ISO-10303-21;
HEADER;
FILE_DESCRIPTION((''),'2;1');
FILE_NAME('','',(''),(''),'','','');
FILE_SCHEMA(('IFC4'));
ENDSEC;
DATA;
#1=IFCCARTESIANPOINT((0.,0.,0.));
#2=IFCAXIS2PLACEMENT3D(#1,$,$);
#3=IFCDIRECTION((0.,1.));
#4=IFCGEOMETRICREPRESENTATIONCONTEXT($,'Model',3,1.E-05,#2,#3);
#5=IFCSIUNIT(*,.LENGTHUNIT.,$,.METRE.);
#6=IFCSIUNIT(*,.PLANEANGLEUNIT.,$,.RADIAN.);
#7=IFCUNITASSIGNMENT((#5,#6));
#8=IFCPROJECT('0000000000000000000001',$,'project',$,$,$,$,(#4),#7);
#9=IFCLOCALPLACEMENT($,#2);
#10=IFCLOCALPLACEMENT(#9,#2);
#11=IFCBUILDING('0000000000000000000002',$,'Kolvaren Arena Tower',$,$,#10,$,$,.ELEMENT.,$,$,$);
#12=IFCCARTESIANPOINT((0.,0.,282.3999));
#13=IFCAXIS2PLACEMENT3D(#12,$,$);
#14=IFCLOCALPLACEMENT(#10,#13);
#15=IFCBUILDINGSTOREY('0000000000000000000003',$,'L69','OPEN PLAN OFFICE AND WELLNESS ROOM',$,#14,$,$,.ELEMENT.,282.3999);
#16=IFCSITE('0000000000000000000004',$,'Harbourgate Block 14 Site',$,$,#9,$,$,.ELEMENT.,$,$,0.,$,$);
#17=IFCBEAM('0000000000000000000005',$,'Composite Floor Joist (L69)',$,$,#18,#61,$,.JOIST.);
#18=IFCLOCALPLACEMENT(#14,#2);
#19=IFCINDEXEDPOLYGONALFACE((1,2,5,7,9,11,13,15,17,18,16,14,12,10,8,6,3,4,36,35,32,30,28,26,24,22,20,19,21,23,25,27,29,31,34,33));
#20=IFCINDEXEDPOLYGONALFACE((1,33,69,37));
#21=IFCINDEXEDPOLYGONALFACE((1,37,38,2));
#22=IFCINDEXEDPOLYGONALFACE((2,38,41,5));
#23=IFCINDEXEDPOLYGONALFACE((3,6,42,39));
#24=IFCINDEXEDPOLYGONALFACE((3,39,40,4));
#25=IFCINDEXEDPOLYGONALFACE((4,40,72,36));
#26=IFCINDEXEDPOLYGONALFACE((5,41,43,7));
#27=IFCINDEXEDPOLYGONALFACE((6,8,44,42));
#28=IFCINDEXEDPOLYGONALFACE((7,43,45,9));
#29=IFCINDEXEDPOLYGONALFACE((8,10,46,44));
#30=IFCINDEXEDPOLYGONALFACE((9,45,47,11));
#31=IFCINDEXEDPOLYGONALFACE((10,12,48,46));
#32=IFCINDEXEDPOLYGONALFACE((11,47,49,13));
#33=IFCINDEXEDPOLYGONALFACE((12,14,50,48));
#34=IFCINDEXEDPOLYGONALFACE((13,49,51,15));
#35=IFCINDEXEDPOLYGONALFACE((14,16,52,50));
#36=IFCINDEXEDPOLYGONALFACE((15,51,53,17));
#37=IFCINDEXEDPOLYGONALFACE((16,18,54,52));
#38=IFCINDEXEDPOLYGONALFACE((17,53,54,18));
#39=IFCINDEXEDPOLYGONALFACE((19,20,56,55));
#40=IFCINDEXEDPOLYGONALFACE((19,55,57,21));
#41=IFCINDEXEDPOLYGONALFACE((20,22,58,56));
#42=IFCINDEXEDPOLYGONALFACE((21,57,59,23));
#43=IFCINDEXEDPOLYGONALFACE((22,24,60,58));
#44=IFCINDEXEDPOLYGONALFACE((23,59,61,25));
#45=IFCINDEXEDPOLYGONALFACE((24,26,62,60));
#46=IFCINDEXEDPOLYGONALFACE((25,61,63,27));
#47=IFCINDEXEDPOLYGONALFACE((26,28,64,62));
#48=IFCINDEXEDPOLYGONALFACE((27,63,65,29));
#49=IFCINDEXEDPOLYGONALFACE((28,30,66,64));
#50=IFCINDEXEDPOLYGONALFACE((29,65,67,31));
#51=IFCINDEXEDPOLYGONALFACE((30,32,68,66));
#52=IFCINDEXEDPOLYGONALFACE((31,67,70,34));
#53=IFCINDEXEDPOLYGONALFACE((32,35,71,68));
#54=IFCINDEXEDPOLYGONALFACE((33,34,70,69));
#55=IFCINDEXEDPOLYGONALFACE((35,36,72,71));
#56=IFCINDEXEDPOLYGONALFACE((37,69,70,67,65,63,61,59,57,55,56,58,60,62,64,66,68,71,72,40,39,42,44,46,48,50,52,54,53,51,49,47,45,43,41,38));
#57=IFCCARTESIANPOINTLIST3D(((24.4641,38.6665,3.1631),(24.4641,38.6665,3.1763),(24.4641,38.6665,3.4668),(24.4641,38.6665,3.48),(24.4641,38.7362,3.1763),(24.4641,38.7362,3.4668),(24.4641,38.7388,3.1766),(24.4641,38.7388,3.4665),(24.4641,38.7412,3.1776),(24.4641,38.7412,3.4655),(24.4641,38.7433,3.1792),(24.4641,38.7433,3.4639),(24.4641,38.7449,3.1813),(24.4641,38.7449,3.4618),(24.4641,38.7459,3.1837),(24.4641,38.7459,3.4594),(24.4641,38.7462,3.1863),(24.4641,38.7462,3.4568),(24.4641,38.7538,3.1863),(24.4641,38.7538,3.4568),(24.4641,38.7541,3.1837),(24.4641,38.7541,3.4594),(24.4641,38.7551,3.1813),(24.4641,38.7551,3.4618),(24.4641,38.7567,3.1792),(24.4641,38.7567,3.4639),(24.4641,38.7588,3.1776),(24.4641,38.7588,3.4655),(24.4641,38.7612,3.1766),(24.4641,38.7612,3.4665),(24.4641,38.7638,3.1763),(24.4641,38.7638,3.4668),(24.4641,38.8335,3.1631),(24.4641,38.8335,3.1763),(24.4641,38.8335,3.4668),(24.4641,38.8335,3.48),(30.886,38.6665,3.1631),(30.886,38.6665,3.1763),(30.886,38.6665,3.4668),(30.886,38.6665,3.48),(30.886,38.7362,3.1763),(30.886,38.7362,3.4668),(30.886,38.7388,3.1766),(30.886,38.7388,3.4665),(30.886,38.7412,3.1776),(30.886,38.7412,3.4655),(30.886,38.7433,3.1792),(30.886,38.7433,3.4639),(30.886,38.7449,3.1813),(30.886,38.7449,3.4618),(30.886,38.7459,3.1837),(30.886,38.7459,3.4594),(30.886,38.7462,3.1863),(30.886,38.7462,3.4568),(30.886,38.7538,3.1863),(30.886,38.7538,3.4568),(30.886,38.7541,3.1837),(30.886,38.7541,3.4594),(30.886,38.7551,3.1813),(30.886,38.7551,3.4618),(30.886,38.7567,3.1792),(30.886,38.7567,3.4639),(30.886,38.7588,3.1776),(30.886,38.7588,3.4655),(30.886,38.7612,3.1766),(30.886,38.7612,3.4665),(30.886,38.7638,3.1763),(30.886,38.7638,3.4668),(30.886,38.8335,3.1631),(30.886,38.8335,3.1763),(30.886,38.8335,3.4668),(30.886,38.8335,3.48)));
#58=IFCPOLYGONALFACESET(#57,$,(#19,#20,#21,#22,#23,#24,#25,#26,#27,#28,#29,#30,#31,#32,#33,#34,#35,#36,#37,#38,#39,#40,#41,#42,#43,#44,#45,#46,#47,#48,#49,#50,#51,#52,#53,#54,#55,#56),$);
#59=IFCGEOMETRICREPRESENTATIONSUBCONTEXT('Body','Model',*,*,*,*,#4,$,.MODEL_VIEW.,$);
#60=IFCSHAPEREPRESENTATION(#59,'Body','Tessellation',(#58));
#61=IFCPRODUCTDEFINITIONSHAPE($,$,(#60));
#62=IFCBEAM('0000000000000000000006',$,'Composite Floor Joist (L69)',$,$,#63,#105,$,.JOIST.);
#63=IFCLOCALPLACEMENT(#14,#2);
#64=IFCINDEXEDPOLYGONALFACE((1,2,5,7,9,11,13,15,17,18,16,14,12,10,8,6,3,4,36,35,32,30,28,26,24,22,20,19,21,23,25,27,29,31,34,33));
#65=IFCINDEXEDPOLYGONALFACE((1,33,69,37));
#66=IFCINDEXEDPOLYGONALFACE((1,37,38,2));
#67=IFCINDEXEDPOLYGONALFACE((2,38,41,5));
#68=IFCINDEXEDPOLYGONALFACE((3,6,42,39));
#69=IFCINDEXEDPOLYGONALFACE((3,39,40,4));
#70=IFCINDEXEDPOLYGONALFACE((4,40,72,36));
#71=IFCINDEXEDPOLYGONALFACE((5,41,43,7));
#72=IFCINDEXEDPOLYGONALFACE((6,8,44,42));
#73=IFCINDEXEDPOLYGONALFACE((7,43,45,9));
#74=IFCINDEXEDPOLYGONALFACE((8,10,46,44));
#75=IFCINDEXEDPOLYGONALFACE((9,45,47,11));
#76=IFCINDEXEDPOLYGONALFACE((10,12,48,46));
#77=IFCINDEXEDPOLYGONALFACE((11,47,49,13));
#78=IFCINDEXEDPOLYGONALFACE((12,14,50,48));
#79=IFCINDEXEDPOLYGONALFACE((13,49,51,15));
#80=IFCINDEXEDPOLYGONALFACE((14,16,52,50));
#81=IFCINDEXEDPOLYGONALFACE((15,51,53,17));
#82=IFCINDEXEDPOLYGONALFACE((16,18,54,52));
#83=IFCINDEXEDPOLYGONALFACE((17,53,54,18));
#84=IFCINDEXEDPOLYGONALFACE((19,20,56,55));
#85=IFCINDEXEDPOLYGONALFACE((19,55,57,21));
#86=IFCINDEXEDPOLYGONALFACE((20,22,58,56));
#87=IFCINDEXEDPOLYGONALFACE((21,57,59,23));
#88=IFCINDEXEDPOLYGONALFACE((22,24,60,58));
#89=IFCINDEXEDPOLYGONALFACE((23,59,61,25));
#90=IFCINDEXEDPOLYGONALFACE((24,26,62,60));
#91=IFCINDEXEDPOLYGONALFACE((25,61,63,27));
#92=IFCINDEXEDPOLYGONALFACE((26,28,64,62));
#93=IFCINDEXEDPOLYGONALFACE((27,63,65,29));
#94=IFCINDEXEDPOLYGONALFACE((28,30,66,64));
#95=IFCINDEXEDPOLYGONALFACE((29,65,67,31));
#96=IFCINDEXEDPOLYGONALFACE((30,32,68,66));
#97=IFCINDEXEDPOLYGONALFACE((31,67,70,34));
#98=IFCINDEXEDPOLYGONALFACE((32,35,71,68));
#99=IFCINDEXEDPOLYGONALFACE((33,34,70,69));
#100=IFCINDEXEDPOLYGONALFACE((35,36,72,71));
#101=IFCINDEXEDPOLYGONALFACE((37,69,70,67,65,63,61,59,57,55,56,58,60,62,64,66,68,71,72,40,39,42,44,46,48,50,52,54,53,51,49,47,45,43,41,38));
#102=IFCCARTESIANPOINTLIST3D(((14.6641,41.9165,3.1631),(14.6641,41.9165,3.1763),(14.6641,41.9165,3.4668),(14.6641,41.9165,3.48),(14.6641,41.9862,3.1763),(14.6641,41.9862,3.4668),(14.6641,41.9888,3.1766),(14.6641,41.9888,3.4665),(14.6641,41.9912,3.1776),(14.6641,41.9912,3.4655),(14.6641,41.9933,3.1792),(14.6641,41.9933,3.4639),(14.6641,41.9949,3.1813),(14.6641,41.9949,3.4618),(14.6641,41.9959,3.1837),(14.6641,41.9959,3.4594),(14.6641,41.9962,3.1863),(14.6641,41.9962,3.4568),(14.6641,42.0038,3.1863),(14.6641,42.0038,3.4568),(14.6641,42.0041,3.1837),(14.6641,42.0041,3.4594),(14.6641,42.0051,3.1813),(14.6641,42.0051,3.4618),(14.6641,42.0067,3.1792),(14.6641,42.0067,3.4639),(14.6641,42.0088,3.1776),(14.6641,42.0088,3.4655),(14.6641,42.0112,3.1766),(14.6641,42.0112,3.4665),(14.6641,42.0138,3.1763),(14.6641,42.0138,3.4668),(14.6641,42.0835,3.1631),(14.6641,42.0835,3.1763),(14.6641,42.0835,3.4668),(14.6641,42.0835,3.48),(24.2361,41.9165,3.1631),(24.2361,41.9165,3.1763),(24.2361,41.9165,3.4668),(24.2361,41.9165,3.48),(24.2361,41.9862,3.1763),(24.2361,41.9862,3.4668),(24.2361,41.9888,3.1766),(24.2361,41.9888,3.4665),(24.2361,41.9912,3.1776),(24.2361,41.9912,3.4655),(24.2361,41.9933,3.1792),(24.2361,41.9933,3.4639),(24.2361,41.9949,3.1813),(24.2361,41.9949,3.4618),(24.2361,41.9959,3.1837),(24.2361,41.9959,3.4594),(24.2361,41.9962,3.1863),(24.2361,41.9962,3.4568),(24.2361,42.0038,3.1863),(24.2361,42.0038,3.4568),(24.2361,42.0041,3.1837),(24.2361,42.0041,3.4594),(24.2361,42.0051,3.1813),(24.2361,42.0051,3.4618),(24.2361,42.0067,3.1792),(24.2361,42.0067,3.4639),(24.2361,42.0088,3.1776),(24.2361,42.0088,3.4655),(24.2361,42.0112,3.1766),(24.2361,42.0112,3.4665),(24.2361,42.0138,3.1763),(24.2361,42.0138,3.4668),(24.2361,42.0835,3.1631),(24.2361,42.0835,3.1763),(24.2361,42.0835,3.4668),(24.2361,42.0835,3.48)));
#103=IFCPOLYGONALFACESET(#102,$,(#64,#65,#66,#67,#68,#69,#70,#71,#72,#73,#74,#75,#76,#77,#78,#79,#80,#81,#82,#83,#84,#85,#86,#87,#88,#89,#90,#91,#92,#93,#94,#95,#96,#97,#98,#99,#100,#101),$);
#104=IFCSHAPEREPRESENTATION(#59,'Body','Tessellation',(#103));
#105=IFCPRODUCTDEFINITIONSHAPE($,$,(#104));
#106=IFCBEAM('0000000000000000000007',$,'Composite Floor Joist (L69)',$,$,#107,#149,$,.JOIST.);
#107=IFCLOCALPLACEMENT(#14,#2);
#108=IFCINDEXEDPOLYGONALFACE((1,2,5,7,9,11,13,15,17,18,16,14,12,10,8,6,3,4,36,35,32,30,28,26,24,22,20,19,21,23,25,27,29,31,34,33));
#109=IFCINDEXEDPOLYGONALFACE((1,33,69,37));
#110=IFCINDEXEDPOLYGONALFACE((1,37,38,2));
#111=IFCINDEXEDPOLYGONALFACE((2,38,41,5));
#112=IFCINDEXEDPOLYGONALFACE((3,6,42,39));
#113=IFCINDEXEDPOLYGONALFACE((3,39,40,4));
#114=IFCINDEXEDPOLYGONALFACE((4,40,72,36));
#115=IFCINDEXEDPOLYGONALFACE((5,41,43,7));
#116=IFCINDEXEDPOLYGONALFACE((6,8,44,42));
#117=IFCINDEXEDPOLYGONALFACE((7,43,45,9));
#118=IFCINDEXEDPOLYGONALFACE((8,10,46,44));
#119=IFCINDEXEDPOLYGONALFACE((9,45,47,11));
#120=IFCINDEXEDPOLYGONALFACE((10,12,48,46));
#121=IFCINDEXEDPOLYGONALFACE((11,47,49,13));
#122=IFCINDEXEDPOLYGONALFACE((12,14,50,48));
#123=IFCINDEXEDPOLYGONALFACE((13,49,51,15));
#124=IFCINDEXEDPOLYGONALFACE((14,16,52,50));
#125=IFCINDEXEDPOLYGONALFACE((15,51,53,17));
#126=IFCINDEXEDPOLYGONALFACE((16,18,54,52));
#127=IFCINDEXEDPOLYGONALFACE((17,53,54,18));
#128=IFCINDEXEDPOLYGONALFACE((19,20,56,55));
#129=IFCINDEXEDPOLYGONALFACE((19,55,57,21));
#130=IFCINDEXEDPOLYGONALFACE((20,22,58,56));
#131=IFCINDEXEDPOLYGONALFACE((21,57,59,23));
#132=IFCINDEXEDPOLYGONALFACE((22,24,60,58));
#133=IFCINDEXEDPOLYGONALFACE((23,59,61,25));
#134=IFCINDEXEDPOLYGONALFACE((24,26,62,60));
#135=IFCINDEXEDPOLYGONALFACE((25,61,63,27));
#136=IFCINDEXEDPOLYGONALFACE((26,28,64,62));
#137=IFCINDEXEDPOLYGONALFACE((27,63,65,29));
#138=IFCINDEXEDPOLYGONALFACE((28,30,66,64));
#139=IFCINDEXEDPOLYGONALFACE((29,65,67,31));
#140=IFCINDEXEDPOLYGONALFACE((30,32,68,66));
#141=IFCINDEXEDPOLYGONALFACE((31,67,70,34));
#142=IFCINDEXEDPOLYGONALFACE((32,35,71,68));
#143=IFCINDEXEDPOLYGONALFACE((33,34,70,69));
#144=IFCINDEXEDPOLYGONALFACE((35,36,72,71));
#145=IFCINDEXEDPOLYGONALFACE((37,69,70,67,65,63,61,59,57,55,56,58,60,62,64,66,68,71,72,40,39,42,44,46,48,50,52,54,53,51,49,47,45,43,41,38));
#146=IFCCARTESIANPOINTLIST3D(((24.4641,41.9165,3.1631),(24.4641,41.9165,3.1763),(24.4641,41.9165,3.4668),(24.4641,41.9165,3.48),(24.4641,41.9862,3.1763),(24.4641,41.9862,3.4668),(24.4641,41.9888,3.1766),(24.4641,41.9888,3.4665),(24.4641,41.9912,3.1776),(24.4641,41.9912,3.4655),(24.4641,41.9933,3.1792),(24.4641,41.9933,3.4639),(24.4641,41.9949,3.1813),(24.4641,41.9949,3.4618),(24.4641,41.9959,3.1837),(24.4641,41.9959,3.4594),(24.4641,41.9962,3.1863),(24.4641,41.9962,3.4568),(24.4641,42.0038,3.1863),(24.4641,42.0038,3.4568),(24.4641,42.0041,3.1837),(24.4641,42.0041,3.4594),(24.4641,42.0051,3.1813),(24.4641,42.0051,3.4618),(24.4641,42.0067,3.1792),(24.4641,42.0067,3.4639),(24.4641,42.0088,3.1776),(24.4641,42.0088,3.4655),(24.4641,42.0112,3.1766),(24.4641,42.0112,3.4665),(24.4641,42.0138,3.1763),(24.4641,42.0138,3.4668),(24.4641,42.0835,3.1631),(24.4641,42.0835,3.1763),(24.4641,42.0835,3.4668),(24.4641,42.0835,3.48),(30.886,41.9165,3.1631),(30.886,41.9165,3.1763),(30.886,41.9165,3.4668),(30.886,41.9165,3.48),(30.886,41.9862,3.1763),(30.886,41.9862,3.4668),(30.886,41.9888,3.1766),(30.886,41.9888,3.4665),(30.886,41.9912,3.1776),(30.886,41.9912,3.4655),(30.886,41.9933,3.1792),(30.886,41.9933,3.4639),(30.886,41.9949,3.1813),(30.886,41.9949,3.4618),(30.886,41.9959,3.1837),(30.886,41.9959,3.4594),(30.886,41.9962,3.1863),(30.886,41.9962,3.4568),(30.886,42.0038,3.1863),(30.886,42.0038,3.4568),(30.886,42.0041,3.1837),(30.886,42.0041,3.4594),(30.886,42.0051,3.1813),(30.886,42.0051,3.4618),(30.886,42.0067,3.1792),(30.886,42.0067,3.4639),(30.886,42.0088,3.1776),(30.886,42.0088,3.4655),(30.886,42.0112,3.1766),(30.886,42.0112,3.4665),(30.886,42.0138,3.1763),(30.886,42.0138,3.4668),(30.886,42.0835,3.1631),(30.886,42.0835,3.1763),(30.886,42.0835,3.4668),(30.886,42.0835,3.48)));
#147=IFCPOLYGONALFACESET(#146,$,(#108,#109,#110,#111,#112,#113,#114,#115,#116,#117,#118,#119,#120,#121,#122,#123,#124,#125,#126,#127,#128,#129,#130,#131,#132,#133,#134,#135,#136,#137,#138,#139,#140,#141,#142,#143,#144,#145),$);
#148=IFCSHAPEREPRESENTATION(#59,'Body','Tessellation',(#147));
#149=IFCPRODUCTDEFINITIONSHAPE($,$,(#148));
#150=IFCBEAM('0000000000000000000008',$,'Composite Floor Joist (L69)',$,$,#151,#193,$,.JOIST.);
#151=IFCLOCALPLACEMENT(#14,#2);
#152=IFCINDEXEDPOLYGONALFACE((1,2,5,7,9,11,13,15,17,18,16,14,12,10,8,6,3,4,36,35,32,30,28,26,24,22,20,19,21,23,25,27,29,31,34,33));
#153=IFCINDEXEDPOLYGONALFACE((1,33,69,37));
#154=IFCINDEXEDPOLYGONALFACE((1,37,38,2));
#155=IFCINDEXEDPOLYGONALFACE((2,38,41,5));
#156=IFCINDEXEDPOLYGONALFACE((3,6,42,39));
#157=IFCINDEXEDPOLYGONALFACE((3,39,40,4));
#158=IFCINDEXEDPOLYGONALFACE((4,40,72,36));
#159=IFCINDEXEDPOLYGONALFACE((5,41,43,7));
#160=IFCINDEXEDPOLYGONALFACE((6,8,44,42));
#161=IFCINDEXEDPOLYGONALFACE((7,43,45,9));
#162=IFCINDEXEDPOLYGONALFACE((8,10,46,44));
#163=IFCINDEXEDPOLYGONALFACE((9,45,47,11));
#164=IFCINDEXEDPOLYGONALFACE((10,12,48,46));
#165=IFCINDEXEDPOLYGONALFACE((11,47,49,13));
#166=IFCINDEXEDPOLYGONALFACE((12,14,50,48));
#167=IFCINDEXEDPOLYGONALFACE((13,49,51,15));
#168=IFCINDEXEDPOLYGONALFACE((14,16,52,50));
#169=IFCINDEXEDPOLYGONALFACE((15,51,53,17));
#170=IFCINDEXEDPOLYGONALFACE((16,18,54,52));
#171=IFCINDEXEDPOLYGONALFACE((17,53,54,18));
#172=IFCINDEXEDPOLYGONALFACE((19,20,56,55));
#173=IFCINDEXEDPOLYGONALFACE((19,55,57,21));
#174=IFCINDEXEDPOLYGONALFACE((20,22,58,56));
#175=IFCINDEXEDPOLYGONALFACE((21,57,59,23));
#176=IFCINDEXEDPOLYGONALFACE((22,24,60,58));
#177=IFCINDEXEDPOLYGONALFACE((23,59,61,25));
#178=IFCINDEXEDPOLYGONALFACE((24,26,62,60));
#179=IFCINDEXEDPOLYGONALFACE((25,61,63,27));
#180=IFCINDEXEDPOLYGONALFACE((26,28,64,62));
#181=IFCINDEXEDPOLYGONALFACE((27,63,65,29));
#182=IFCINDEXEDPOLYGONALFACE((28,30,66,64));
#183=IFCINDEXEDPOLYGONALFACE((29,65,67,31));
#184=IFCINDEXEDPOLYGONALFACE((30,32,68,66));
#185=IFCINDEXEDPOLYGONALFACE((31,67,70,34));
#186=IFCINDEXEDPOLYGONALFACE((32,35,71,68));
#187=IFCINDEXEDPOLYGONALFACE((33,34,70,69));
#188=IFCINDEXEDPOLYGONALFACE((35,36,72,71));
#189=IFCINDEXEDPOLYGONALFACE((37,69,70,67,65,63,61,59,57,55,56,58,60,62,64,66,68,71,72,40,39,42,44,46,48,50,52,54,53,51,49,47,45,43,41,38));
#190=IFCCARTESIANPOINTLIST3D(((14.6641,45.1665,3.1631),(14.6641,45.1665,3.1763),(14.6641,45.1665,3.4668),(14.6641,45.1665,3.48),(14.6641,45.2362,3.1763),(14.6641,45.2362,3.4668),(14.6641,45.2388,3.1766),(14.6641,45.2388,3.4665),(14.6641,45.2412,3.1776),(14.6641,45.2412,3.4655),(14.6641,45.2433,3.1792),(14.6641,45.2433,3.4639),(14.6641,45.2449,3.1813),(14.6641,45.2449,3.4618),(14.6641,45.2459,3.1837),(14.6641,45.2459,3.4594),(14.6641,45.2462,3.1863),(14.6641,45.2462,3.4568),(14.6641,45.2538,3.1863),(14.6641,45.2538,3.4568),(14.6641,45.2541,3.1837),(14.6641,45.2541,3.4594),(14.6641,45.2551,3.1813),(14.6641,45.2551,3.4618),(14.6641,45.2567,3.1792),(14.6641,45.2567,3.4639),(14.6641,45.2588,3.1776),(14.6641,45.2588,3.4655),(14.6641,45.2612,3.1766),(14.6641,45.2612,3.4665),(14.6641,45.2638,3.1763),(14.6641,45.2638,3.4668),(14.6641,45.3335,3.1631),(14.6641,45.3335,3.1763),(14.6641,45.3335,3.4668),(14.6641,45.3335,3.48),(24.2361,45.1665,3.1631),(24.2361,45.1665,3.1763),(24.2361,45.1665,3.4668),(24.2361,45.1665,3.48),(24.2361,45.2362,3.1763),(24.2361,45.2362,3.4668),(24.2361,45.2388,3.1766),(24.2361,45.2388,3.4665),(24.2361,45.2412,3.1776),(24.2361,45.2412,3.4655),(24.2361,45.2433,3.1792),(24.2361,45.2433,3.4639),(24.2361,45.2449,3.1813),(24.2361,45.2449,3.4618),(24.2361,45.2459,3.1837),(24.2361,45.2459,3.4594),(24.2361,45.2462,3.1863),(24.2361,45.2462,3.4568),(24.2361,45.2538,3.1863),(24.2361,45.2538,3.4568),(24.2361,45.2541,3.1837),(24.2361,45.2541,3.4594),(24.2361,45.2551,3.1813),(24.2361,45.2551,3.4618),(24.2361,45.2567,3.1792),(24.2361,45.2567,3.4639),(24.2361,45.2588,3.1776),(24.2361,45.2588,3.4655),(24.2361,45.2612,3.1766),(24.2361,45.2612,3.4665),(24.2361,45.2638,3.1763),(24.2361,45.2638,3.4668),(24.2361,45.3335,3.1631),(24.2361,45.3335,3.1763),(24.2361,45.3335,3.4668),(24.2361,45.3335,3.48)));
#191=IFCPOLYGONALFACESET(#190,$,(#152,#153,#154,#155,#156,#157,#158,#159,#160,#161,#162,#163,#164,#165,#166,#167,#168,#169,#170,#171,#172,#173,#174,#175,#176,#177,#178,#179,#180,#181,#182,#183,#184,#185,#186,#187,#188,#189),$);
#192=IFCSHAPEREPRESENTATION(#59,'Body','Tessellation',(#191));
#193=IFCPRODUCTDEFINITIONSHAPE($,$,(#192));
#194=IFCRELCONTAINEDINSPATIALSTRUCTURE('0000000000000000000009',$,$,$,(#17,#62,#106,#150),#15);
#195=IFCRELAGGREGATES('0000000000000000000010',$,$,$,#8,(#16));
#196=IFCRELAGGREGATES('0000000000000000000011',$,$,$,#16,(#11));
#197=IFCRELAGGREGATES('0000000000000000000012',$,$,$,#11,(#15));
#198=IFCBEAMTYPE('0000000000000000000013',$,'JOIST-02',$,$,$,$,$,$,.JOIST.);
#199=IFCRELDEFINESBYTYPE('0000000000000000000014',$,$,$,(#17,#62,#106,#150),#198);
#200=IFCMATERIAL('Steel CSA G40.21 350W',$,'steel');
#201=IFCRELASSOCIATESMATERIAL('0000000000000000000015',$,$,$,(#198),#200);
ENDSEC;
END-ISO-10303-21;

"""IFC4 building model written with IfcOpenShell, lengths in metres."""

from ifc_helpers import new_model, si_unit, direction, frame, origin, origin_2d, place, context, subcontext, project, spatial, i_section, extrude, material, material_profile, profile_set, type_object, element, save


model = new_model("IFC4")

# Units and contexts
model_context = context("Model", 3, precision=1e-05, world=origin(), true_north=direction((0.0, 1.0)))
body_context = subcontext(model_context, "Body", "Model", "MODEL_VIEW")
ifc_project = project(units=[si_unit("LENGTHUNIT", "METRE"), si_unit("PLANEANGLEUNIT", "RADIAN")], contexts=[model_context])

# Site, building, storey
site_placement = place(None, origin())
site = spatial("IfcSite", under=ifc_project, at=site_placement, Name="Harbourgate Block 14 Site", CompositionType="ELEMENT", RefElevation=0.0)
building_placement = place(site_placement, origin())
building = spatial("IfcBuilding", under=site, at=building_placement, Name="Kolvaren Arena Tower", CompositionType="ELEMENT")
storey_placement = place(building_placement, frame((0.0, 0.0, 282.3999)))
storey = spatial("IfcBuildingStorey", under=building, at=storey_placement, Name="L69", Description="OPEN PLAN OFFICE AND WELLNESS ROOM", CompositionType="ELEMENT", Elevation=282.3999)

# Beams
ifc_material_1 = material(Name="Steel CSA G40.21 350W", Category="steel")
ifc_material_profile_1 = material_profile(ifc_material_1, i_section(OverallWidth=0.167, OverallDepth=0.3169, WebThickness=0.0076, FlangeThickness=0.0132, FilletRadius=0.01, at=origin_2d()), Name="W310x52")
ifc_profile_set_1 = profile_set([ifc_material_profile_1], Name="Steel CSA G40.21 350W")
beam_type_1 = type_object("IfcBeamType", Name="JOIST-02", PredefinedType="JOIST", material=ifc_profile_set_1)
beam_1_placement = place(storey_placement, frame((24.4641, 38.75, 3.3215), z_axis=(1.0, 0.0, 0.0), x_axis=(0.0, 1.0, 0.0)))
element("IfcBeam", 1, at=beam_1_placement, inside=storey, type_object=beam_type_1, Name="Composite Floor Joist (L69)", PredefinedType="JOIST", context=body_context, shape_type="SweptSolid", body=[
    extrude(i_section(OverallWidth=0.167, OverallDepth=0.3169, WebThickness=0.0076, FlangeThickness=0.0132, FilletRadius=0.01, at=origin_2d()), origin(), (0.0, 0.0, 1.0), 6.4219),
])
beam_2_placement = place(storey_placement, frame((14.6641, 42.0, 3.3215), z_axis=(1.0, 0.0, 0.0), x_axis=(0.0, 1.0, 0.0)))
element("IfcBeam", 2, at=beam_2_placement, inside=storey, type_object=beam_type_1, Name="Composite Floor Joist (L69)", PredefinedType="JOIST", context=body_context, shape_type="SweptSolid", body=[
    extrude(i_section(OverallWidth=0.167, OverallDepth=0.3169, WebThickness=0.0076, FlangeThickness=0.0132, FilletRadius=0.01, at=origin_2d()), origin(), (0.0, 0.0, 1.0), 9.572),
])
beam_3_placement = place(storey_placement, frame((24.4641, 42.0, 3.3215), z_axis=(1.0, 0.0, 0.0), x_axis=(0.0, 1.0, 0.0)))
element("IfcBeam", 3, at=beam_3_placement, inside=storey, type_object=beam_type_1, Name="Composite Floor Joist (L69)", PredefinedType="JOIST", context=body_context, shape_type="SweptSolid", body=[
    extrude(i_section(OverallWidth=0.167, OverallDepth=0.3169, WebThickness=0.0076, FlangeThickness=0.0132, FilletRadius=0.01, at=origin_2d()), origin(), (0.0, 0.0, 1.0), 6.4219),
])
beam_4_placement = place(storey_placement, frame((14.6641, 45.25, 3.3215), z_axis=(1.0, 0.0, 0.0), x_axis=(0.0, 1.0, 0.0)))
element("IfcBeam", 4, at=beam_4_placement, inside=storey, type_object=beam_type_1, Name="Composite Floor Joist (L69)", PredefinedType="JOIST", context=body_context, shape_type="SweptSolid", body=[
    extrude(i_section(OverallWidth=0.167, OverallDepth=0.3169, WebThickness=0.0076, FlangeThickness=0.0132, FilletRadius=0.01, at=origin_2d()), origin(), (0.0, 0.0, 1.0), 9.572),
])

save(model, "model.ifc")
